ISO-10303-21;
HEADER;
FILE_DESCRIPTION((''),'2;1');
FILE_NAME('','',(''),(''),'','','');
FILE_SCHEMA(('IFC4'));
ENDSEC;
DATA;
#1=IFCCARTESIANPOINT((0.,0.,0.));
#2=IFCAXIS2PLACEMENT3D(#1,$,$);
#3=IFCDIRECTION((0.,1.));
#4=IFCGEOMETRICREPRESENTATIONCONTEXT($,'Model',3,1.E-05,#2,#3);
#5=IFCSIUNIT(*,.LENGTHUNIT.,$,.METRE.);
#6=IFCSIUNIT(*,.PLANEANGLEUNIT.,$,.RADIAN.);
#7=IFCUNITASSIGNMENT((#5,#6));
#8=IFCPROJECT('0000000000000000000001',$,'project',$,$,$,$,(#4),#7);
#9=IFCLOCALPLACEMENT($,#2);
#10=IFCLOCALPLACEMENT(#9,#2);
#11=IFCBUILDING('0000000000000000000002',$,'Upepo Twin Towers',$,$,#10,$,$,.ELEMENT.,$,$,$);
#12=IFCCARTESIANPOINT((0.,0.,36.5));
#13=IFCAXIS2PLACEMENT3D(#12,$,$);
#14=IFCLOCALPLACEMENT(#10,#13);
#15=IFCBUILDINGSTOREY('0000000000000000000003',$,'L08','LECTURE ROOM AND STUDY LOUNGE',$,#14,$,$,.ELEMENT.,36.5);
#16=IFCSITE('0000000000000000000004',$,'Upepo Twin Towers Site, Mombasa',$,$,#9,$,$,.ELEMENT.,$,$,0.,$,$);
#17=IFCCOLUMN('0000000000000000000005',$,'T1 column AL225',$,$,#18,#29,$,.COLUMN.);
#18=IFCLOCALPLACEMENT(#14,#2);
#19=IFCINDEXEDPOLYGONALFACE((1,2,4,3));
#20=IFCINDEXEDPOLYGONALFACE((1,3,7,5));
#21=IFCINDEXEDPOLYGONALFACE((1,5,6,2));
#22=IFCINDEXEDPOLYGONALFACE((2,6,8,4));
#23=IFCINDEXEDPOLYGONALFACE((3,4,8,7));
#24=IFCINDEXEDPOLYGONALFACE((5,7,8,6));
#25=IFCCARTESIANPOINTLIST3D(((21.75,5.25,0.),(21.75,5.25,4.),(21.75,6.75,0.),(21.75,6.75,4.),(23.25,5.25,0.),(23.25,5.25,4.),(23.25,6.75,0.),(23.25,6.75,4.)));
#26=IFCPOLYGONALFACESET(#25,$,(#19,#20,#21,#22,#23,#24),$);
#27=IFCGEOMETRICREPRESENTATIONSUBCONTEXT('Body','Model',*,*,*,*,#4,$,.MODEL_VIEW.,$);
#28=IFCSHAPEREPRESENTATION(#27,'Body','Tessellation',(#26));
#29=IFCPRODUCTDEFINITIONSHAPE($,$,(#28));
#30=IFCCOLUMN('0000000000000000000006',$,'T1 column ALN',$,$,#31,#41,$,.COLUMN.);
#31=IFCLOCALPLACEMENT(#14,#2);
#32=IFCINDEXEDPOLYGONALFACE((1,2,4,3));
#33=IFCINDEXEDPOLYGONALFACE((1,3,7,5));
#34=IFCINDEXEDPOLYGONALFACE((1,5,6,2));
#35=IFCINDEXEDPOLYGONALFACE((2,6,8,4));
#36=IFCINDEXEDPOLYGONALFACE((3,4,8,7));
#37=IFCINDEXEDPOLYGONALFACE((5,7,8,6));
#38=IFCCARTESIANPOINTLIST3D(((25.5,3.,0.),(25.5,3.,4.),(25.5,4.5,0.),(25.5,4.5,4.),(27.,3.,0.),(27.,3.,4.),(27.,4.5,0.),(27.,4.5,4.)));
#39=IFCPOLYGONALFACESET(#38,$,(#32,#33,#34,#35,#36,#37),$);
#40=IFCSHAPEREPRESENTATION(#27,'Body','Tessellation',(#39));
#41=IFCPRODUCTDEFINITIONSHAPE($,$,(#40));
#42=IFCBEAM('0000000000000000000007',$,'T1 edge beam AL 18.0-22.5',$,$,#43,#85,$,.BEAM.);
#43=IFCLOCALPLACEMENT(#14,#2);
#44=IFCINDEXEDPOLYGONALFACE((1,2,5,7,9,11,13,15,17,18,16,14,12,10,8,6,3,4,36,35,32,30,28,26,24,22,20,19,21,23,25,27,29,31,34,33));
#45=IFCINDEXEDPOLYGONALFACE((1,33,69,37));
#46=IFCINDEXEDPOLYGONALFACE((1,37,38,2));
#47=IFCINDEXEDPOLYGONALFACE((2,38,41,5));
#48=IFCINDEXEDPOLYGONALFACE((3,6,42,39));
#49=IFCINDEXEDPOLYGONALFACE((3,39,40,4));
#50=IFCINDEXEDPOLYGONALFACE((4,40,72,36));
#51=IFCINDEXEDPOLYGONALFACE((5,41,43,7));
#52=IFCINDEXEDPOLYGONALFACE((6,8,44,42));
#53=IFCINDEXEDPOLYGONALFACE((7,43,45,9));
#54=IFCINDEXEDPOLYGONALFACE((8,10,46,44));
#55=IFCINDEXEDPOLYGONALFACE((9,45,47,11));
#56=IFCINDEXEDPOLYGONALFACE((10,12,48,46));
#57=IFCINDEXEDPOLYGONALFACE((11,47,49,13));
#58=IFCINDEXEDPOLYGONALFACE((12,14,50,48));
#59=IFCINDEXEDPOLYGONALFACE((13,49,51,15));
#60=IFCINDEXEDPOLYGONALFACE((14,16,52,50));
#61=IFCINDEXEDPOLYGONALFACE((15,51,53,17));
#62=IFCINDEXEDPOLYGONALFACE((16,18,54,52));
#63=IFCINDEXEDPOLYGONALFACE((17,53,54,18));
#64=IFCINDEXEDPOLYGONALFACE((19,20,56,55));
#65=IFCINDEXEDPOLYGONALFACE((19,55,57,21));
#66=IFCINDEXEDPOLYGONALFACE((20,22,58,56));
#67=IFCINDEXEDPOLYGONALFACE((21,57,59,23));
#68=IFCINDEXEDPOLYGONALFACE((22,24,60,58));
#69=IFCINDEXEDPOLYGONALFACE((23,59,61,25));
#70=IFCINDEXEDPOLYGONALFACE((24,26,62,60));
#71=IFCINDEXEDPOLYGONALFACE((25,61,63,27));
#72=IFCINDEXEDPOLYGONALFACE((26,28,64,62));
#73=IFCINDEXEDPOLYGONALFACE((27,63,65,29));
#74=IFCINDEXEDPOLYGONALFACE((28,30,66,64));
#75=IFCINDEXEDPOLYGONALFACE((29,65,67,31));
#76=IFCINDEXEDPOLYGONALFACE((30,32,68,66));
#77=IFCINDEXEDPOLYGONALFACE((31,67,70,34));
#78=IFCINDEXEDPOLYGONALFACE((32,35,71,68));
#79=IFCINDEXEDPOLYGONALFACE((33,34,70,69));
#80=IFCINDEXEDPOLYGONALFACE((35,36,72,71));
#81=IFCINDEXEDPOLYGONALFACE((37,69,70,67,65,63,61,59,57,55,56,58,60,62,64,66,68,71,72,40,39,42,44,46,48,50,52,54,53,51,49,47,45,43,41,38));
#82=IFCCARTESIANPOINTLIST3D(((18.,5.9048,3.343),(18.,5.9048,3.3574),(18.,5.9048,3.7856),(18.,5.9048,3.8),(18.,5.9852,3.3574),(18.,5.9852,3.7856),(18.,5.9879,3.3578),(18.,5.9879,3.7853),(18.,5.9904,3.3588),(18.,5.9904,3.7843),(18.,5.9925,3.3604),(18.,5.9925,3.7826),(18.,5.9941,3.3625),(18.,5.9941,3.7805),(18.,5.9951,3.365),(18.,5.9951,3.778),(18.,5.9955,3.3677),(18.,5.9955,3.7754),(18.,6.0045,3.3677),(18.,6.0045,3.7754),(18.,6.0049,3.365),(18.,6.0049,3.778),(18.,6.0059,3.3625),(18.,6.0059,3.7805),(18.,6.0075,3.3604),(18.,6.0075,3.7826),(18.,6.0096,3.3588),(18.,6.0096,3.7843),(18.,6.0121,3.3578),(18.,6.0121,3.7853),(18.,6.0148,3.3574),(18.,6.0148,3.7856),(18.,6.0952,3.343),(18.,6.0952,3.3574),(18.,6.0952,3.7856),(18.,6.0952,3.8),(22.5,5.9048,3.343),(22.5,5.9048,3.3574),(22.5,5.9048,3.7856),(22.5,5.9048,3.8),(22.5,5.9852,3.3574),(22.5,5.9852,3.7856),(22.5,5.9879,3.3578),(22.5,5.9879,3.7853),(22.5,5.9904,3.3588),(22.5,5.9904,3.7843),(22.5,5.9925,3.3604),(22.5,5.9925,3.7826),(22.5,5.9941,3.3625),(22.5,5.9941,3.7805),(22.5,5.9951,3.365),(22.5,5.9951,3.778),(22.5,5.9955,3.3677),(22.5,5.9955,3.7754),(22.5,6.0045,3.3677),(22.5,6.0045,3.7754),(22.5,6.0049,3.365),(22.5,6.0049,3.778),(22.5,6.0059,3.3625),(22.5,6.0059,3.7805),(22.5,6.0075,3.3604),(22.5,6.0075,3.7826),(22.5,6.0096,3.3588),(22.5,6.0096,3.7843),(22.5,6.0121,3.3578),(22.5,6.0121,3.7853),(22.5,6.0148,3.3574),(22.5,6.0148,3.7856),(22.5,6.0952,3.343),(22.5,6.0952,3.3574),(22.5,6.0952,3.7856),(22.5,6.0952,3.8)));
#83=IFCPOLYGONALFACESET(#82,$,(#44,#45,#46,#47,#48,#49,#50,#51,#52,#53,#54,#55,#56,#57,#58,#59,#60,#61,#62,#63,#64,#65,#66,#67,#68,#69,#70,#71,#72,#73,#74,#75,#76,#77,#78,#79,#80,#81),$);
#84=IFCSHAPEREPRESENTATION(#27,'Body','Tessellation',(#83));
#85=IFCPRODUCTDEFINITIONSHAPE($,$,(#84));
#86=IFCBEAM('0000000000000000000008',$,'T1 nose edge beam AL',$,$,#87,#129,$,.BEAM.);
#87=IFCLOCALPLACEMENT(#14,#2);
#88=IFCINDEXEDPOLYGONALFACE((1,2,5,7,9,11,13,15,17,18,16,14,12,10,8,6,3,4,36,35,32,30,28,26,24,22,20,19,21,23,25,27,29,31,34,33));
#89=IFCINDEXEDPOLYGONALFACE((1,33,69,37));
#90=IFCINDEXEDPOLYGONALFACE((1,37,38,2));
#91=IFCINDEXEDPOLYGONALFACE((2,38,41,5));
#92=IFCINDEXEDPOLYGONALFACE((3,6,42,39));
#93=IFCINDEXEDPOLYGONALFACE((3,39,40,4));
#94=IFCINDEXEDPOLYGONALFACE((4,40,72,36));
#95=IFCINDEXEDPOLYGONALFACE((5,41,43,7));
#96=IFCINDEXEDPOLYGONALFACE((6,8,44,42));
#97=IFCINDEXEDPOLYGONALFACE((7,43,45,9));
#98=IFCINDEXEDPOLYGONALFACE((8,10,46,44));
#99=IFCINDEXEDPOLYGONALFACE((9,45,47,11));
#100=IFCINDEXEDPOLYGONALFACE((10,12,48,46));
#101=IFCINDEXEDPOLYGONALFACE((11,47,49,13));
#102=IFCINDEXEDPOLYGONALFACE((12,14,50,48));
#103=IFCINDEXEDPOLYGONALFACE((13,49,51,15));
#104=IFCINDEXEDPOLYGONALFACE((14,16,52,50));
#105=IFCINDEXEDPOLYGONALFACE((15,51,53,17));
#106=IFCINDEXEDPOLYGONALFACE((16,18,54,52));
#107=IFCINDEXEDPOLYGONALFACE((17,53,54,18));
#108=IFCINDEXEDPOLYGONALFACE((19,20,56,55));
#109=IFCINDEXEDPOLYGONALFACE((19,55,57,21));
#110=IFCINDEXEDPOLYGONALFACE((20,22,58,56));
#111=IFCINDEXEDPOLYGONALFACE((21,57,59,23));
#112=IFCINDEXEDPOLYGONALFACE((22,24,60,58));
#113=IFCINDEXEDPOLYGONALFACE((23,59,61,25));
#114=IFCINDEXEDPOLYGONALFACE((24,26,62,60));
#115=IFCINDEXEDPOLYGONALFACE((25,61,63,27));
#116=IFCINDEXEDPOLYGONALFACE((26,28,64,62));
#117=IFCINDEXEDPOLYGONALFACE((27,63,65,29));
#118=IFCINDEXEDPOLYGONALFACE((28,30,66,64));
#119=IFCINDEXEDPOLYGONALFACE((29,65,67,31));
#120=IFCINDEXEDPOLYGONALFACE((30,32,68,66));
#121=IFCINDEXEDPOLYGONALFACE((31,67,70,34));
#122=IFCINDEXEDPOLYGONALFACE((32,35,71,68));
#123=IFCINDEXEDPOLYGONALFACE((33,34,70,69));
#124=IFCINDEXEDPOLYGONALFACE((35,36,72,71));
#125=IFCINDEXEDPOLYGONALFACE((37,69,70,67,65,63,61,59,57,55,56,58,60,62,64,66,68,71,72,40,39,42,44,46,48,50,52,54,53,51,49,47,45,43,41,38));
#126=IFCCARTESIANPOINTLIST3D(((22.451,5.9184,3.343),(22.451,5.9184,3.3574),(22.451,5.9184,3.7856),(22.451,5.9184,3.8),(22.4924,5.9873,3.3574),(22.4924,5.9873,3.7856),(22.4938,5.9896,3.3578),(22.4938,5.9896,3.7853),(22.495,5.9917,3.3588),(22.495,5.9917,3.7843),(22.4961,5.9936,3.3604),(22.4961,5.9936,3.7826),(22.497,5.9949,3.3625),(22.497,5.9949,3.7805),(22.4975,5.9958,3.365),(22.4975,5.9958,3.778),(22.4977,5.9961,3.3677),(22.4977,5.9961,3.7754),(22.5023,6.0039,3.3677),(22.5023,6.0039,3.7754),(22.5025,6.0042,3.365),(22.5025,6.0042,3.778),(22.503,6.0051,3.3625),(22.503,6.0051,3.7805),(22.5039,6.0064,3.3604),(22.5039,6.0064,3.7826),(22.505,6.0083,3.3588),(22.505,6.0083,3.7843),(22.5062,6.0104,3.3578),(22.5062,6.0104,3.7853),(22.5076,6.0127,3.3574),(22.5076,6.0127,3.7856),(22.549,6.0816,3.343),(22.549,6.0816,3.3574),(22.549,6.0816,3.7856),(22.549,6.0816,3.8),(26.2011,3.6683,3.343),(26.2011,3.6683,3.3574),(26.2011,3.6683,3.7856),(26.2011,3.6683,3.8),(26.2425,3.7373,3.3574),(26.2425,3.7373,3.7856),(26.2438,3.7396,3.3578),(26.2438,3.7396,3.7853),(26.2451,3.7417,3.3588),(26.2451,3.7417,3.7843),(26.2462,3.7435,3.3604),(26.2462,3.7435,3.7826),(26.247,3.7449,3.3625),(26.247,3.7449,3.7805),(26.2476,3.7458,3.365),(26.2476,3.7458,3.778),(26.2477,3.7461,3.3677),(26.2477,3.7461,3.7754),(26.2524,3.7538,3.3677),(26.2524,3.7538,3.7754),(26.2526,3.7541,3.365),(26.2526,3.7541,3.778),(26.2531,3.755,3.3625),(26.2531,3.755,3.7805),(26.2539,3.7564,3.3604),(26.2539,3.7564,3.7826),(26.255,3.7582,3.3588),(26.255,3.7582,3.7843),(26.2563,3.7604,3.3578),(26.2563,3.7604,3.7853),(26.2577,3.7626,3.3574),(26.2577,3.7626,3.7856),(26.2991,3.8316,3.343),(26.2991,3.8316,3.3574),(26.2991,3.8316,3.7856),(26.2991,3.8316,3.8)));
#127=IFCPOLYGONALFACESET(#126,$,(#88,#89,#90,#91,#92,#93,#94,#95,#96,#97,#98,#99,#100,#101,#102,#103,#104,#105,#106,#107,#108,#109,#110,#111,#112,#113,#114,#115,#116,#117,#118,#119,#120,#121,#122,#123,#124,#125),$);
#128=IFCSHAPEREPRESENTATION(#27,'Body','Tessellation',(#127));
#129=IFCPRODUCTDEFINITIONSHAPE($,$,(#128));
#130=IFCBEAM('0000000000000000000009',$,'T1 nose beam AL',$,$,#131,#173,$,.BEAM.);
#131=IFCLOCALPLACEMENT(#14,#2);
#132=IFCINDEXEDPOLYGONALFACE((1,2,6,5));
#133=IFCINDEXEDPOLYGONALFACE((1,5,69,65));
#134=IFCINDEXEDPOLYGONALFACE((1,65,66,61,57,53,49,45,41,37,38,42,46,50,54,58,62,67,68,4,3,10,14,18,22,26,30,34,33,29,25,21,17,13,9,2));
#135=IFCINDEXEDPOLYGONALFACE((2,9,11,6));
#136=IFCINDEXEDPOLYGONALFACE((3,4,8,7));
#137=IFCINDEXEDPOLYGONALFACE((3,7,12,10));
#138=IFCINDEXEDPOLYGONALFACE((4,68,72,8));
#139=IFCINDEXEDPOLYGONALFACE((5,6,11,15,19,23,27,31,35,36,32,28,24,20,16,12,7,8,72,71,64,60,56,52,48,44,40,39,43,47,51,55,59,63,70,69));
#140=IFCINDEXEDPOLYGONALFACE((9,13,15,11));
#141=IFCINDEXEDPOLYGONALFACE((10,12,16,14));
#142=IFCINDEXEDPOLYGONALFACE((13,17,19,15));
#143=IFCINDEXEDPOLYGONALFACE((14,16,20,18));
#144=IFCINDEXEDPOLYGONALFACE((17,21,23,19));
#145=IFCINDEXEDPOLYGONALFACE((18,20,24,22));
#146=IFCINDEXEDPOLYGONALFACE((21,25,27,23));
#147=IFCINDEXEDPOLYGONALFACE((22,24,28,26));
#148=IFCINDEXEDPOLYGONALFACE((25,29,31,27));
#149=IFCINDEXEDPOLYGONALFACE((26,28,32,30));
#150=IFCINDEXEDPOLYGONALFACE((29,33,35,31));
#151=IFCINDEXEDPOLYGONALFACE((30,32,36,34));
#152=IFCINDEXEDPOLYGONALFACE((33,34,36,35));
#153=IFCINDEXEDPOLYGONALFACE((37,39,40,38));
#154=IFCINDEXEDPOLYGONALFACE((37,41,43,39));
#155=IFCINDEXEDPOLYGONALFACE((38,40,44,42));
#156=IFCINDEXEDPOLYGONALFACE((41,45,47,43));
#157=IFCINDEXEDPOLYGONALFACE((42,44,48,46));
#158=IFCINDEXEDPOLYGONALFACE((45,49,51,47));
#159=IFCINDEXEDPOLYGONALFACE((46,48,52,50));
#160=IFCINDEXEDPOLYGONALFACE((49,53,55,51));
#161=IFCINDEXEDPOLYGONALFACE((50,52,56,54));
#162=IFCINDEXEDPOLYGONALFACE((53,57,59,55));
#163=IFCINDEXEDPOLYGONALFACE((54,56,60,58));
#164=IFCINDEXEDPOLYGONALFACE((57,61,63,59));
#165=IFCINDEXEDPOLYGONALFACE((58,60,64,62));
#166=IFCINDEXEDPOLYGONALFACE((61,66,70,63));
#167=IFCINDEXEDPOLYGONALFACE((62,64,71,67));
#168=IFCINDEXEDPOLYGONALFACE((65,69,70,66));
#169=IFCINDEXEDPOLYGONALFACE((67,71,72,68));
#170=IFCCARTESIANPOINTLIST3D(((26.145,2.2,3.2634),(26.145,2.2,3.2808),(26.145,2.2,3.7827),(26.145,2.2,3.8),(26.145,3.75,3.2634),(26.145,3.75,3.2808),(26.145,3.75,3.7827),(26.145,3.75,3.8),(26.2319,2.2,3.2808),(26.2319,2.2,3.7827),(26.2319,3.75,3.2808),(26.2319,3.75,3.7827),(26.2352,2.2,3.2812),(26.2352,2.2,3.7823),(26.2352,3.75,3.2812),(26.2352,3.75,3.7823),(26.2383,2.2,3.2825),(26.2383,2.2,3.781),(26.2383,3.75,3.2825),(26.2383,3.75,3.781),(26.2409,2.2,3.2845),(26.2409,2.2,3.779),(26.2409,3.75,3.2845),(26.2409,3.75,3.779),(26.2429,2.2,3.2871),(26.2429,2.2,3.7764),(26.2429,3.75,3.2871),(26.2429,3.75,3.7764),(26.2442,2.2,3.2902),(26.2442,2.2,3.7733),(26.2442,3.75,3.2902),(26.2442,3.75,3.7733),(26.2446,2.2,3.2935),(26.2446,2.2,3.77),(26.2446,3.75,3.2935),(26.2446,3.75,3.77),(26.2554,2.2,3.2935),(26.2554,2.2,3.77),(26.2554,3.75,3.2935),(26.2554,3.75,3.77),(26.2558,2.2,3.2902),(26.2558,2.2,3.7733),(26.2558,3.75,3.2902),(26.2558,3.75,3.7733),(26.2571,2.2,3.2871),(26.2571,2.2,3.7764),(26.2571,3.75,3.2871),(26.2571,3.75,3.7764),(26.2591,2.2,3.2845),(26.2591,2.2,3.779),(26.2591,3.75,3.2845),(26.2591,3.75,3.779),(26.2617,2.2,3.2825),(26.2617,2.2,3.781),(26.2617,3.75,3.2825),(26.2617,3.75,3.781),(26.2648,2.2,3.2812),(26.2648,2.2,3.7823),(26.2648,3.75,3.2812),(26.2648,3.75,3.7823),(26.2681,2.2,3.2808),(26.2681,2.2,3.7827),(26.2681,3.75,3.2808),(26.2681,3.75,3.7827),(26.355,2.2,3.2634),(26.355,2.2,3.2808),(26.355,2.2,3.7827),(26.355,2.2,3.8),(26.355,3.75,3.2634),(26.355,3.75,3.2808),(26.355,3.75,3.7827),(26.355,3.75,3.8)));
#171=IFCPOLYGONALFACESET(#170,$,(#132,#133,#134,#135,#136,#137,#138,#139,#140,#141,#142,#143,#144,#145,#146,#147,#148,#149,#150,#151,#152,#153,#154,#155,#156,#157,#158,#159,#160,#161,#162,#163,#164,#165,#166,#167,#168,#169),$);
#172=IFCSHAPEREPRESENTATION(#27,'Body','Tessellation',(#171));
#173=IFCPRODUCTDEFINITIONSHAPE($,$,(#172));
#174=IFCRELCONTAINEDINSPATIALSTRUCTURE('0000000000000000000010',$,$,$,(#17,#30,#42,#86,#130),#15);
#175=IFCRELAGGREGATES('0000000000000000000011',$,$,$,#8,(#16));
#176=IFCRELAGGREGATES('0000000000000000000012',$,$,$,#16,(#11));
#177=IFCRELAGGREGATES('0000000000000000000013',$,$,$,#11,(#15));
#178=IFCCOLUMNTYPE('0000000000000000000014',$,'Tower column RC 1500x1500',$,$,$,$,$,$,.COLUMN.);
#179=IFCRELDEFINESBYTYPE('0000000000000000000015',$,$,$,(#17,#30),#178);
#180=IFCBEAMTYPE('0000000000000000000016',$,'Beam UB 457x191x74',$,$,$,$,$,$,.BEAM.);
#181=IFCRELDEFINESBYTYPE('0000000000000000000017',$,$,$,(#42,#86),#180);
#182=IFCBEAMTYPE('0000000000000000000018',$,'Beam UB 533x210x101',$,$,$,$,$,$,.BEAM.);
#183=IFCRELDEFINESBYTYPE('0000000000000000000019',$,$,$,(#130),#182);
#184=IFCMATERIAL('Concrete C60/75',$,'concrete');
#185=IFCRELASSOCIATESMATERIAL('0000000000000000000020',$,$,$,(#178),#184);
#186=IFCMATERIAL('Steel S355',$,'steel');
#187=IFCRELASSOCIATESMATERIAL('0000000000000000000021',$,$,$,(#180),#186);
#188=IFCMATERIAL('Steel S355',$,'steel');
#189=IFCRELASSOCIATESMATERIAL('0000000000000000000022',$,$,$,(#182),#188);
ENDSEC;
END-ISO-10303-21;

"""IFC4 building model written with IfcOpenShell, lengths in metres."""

from ifc_helpers import new_model, si_unit, direction, frame, origin, origin_2d, place, context, subcontext, project, spatial, rectangle, i_section, extrude, material, material_profile, profile_set, type_object, element, save


model = new_model("IFC4")

# Units and contexts
model_context = context("Model", 3, precision=1e-05, world=origin(), true_north=direction((0.0, 1.0)))
body_context = subcontext(model_context, "Body", "Model", "MODEL_VIEW")
ifc_project = project(units=[si_unit("LENGTHUNIT", "METRE"), si_unit("PLANEANGLEUNIT", "RADIAN")], contexts=[model_context])

# Site, building, storey
site_placement = place(None, origin())
site = spatial("IfcSite", under=ifc_project, at=site_placement, Name="Upepo Twin Towers Site, Mombasa", CompositionType="ELEMENT", RefElevation=0.0)
building_placement = place(site_placement, origin())
building = spatial("IfcBuilding", under=site, at=building_placement, Name="Upepo Twin Towers", CompositionType="ELEMENT")
storey_placement = place(building_placement, frame((0.0, 0.0, 36.5)))
storey = spatial("IfcBuildingStorey", under=building, at=storey_placement, Name="L08", Description="LECTURE ROOM AND STUDY LOUNGE", CompositionType="ELEMENT", Elevation=36.5)

# Columns
ifc_material_1 = material(Name="Concrete C60/75", Category="concrete")
ifc_material_profile_1 = material_profile(ifc_material_1, rectangle(XDim=1.5, YDim=1.5, at=origin_2d()), Name="RC 1500x1500")
ifc_profile_set_1 = profile_set([ifc_material_profile_1], Name="Concrete C60/75")
column_type = type_object("IfcColumnType", Name="Tower column RC 1500x1500", PredefinedType="COLUMN", material=ifc_profile_set_1)
for number, where, z_axis, x_axis, name in (
    (1, (22.5, 6.0, 0.0), (0.0, 0.0, 1.0), (1.0, 0.0, 0.0), "T1 column AL225"),
    (2, (26.25, 3.75, 0.0), (0.0, 0.0, 1.0), (1.0, 0.0, 0.0), "T1 column ALN"),
):
    element("IfcColumn", number, at=place(storey_placement, frame(where, z_axis=z_axis, x_axis=x_axis)), inside=storey, type_object=column_type, Name=name, PredefinedType="COLUMN", context=body_context, shape_type="SweptSolid", body=[
        extrude(rectangle(XDim=1.5, YDim=1.5, at=origin_2d()), origin(), (0.0, 0.0, 1.0), 4.0),
    ])

# Beams
ifc_material_2 = material(Name="Steel S355", Category="steel")
ifc_material_profile_2 = material_profile(ifc_material_2, i_section(OverallWidth=0.1904, OverallDepth=0.457, WebThickness=0.009, FlangeThickness=0.0144, FilletRadius=0.0103, at=origin_2d()), Name="UB 457x191x74")
ifc_profile_set_2 = profile_set([ifc_material_profile_2], Name="Steel S355")
beam_type_1 = type_object("IfcBeamType", Name="Beam UB 457x191x74", PredefinedType="BEAM", material=ifc_profile_set_2)
beam_1_placement = place(storey_placement, frame((18.0, 6.0, 3.5715), z_axis=(1.0, 0.0, 0.0), x_axis=(0.0, 1.0, 0.0)))
element("IfcBeam", 3, at=beam_1_placement, inside=storey, type_object=beam_type_1, Name="T1 edge beam AL 18.0-22.5", PredefinedType="BEAM", context=body_context, shape_type="SweptSolid", body=[
    extrude(i_section(OverallWidth=0.1904, OverallDepth=0.457, WebThickness=0.009, FlangeThickness=0.0144, FilletRadius=0.0103, at=origin_2d()), origin(), (0.0, 0.0, 1.0), 4.5),
])
beam_2_placement = place(storey_placement, frame((22.5, 6.0, 3.5715), z_axis=(0.857493, -0.514496, 0.0), x_axis=(0.514496, 0.857493, 0.0)))
element("IfcBeam", 4, at=beam_2_placement, inside=storey, type_object=beam_type_1, Name="T1 nose edge beam AL", PredefinedType="BEAM", context=body_context, shape_type="SweptSolid", body=[
    extrude(i_section(OverallWidth=0.1904, OverallDepth=0.457, WebThickness=0.009, FlangeThickness=0.0144, FilletRadius=0.0103, at=origin_2d()), origin(), (0.0, 0.0, 1.0), 4.3733),
])
ifc_material_3 = material(Name="Steel S355", Category="steel")
ifc_material_profile_3 = material_profile(ifc_material_3, i_section(OverallWidth=0.21, OverallDepth=0.5366, WebThickness=0.0107, FlangeThickness=0.0173, FilletRadius=0.0127, at=origin_2d()), Name="UB 533x210x101")
ifc_profile_set_3 = profile_set([ifc_material_profile_3], Name="Steel S355")
beam_type_2 = type_object("IfcBeamType", Name="Beam UB 533x210x101", PredefinedType="BEAM", material=ifc_profile_set_3)
beam_3_placement = place(storey_placement, frame((26.25, 3.75, 3.5317), z_axis=(0.0, -1.0, 0.0), x_axis=(1.0, 0.0, 0.0)))
element("IfcBeam", 5, at=beam_3_placement, inside=storey, type_object=beam_type_2, Name="T1 nose beam AL", PredefinedType="BEAM", context=body_context, shape_type="SweptSolid", body=[
    extrude(i_section(OverallWidth=0.21, OverallDepth=0.5366, WebThickness=0.0107, FlangeThickness=0.0173, FilletRadius=0.0127, at=origin_2d()), origin(), (0.0, 0.0, 1.0), 1.55),
])

save(model, "model.ifc")
